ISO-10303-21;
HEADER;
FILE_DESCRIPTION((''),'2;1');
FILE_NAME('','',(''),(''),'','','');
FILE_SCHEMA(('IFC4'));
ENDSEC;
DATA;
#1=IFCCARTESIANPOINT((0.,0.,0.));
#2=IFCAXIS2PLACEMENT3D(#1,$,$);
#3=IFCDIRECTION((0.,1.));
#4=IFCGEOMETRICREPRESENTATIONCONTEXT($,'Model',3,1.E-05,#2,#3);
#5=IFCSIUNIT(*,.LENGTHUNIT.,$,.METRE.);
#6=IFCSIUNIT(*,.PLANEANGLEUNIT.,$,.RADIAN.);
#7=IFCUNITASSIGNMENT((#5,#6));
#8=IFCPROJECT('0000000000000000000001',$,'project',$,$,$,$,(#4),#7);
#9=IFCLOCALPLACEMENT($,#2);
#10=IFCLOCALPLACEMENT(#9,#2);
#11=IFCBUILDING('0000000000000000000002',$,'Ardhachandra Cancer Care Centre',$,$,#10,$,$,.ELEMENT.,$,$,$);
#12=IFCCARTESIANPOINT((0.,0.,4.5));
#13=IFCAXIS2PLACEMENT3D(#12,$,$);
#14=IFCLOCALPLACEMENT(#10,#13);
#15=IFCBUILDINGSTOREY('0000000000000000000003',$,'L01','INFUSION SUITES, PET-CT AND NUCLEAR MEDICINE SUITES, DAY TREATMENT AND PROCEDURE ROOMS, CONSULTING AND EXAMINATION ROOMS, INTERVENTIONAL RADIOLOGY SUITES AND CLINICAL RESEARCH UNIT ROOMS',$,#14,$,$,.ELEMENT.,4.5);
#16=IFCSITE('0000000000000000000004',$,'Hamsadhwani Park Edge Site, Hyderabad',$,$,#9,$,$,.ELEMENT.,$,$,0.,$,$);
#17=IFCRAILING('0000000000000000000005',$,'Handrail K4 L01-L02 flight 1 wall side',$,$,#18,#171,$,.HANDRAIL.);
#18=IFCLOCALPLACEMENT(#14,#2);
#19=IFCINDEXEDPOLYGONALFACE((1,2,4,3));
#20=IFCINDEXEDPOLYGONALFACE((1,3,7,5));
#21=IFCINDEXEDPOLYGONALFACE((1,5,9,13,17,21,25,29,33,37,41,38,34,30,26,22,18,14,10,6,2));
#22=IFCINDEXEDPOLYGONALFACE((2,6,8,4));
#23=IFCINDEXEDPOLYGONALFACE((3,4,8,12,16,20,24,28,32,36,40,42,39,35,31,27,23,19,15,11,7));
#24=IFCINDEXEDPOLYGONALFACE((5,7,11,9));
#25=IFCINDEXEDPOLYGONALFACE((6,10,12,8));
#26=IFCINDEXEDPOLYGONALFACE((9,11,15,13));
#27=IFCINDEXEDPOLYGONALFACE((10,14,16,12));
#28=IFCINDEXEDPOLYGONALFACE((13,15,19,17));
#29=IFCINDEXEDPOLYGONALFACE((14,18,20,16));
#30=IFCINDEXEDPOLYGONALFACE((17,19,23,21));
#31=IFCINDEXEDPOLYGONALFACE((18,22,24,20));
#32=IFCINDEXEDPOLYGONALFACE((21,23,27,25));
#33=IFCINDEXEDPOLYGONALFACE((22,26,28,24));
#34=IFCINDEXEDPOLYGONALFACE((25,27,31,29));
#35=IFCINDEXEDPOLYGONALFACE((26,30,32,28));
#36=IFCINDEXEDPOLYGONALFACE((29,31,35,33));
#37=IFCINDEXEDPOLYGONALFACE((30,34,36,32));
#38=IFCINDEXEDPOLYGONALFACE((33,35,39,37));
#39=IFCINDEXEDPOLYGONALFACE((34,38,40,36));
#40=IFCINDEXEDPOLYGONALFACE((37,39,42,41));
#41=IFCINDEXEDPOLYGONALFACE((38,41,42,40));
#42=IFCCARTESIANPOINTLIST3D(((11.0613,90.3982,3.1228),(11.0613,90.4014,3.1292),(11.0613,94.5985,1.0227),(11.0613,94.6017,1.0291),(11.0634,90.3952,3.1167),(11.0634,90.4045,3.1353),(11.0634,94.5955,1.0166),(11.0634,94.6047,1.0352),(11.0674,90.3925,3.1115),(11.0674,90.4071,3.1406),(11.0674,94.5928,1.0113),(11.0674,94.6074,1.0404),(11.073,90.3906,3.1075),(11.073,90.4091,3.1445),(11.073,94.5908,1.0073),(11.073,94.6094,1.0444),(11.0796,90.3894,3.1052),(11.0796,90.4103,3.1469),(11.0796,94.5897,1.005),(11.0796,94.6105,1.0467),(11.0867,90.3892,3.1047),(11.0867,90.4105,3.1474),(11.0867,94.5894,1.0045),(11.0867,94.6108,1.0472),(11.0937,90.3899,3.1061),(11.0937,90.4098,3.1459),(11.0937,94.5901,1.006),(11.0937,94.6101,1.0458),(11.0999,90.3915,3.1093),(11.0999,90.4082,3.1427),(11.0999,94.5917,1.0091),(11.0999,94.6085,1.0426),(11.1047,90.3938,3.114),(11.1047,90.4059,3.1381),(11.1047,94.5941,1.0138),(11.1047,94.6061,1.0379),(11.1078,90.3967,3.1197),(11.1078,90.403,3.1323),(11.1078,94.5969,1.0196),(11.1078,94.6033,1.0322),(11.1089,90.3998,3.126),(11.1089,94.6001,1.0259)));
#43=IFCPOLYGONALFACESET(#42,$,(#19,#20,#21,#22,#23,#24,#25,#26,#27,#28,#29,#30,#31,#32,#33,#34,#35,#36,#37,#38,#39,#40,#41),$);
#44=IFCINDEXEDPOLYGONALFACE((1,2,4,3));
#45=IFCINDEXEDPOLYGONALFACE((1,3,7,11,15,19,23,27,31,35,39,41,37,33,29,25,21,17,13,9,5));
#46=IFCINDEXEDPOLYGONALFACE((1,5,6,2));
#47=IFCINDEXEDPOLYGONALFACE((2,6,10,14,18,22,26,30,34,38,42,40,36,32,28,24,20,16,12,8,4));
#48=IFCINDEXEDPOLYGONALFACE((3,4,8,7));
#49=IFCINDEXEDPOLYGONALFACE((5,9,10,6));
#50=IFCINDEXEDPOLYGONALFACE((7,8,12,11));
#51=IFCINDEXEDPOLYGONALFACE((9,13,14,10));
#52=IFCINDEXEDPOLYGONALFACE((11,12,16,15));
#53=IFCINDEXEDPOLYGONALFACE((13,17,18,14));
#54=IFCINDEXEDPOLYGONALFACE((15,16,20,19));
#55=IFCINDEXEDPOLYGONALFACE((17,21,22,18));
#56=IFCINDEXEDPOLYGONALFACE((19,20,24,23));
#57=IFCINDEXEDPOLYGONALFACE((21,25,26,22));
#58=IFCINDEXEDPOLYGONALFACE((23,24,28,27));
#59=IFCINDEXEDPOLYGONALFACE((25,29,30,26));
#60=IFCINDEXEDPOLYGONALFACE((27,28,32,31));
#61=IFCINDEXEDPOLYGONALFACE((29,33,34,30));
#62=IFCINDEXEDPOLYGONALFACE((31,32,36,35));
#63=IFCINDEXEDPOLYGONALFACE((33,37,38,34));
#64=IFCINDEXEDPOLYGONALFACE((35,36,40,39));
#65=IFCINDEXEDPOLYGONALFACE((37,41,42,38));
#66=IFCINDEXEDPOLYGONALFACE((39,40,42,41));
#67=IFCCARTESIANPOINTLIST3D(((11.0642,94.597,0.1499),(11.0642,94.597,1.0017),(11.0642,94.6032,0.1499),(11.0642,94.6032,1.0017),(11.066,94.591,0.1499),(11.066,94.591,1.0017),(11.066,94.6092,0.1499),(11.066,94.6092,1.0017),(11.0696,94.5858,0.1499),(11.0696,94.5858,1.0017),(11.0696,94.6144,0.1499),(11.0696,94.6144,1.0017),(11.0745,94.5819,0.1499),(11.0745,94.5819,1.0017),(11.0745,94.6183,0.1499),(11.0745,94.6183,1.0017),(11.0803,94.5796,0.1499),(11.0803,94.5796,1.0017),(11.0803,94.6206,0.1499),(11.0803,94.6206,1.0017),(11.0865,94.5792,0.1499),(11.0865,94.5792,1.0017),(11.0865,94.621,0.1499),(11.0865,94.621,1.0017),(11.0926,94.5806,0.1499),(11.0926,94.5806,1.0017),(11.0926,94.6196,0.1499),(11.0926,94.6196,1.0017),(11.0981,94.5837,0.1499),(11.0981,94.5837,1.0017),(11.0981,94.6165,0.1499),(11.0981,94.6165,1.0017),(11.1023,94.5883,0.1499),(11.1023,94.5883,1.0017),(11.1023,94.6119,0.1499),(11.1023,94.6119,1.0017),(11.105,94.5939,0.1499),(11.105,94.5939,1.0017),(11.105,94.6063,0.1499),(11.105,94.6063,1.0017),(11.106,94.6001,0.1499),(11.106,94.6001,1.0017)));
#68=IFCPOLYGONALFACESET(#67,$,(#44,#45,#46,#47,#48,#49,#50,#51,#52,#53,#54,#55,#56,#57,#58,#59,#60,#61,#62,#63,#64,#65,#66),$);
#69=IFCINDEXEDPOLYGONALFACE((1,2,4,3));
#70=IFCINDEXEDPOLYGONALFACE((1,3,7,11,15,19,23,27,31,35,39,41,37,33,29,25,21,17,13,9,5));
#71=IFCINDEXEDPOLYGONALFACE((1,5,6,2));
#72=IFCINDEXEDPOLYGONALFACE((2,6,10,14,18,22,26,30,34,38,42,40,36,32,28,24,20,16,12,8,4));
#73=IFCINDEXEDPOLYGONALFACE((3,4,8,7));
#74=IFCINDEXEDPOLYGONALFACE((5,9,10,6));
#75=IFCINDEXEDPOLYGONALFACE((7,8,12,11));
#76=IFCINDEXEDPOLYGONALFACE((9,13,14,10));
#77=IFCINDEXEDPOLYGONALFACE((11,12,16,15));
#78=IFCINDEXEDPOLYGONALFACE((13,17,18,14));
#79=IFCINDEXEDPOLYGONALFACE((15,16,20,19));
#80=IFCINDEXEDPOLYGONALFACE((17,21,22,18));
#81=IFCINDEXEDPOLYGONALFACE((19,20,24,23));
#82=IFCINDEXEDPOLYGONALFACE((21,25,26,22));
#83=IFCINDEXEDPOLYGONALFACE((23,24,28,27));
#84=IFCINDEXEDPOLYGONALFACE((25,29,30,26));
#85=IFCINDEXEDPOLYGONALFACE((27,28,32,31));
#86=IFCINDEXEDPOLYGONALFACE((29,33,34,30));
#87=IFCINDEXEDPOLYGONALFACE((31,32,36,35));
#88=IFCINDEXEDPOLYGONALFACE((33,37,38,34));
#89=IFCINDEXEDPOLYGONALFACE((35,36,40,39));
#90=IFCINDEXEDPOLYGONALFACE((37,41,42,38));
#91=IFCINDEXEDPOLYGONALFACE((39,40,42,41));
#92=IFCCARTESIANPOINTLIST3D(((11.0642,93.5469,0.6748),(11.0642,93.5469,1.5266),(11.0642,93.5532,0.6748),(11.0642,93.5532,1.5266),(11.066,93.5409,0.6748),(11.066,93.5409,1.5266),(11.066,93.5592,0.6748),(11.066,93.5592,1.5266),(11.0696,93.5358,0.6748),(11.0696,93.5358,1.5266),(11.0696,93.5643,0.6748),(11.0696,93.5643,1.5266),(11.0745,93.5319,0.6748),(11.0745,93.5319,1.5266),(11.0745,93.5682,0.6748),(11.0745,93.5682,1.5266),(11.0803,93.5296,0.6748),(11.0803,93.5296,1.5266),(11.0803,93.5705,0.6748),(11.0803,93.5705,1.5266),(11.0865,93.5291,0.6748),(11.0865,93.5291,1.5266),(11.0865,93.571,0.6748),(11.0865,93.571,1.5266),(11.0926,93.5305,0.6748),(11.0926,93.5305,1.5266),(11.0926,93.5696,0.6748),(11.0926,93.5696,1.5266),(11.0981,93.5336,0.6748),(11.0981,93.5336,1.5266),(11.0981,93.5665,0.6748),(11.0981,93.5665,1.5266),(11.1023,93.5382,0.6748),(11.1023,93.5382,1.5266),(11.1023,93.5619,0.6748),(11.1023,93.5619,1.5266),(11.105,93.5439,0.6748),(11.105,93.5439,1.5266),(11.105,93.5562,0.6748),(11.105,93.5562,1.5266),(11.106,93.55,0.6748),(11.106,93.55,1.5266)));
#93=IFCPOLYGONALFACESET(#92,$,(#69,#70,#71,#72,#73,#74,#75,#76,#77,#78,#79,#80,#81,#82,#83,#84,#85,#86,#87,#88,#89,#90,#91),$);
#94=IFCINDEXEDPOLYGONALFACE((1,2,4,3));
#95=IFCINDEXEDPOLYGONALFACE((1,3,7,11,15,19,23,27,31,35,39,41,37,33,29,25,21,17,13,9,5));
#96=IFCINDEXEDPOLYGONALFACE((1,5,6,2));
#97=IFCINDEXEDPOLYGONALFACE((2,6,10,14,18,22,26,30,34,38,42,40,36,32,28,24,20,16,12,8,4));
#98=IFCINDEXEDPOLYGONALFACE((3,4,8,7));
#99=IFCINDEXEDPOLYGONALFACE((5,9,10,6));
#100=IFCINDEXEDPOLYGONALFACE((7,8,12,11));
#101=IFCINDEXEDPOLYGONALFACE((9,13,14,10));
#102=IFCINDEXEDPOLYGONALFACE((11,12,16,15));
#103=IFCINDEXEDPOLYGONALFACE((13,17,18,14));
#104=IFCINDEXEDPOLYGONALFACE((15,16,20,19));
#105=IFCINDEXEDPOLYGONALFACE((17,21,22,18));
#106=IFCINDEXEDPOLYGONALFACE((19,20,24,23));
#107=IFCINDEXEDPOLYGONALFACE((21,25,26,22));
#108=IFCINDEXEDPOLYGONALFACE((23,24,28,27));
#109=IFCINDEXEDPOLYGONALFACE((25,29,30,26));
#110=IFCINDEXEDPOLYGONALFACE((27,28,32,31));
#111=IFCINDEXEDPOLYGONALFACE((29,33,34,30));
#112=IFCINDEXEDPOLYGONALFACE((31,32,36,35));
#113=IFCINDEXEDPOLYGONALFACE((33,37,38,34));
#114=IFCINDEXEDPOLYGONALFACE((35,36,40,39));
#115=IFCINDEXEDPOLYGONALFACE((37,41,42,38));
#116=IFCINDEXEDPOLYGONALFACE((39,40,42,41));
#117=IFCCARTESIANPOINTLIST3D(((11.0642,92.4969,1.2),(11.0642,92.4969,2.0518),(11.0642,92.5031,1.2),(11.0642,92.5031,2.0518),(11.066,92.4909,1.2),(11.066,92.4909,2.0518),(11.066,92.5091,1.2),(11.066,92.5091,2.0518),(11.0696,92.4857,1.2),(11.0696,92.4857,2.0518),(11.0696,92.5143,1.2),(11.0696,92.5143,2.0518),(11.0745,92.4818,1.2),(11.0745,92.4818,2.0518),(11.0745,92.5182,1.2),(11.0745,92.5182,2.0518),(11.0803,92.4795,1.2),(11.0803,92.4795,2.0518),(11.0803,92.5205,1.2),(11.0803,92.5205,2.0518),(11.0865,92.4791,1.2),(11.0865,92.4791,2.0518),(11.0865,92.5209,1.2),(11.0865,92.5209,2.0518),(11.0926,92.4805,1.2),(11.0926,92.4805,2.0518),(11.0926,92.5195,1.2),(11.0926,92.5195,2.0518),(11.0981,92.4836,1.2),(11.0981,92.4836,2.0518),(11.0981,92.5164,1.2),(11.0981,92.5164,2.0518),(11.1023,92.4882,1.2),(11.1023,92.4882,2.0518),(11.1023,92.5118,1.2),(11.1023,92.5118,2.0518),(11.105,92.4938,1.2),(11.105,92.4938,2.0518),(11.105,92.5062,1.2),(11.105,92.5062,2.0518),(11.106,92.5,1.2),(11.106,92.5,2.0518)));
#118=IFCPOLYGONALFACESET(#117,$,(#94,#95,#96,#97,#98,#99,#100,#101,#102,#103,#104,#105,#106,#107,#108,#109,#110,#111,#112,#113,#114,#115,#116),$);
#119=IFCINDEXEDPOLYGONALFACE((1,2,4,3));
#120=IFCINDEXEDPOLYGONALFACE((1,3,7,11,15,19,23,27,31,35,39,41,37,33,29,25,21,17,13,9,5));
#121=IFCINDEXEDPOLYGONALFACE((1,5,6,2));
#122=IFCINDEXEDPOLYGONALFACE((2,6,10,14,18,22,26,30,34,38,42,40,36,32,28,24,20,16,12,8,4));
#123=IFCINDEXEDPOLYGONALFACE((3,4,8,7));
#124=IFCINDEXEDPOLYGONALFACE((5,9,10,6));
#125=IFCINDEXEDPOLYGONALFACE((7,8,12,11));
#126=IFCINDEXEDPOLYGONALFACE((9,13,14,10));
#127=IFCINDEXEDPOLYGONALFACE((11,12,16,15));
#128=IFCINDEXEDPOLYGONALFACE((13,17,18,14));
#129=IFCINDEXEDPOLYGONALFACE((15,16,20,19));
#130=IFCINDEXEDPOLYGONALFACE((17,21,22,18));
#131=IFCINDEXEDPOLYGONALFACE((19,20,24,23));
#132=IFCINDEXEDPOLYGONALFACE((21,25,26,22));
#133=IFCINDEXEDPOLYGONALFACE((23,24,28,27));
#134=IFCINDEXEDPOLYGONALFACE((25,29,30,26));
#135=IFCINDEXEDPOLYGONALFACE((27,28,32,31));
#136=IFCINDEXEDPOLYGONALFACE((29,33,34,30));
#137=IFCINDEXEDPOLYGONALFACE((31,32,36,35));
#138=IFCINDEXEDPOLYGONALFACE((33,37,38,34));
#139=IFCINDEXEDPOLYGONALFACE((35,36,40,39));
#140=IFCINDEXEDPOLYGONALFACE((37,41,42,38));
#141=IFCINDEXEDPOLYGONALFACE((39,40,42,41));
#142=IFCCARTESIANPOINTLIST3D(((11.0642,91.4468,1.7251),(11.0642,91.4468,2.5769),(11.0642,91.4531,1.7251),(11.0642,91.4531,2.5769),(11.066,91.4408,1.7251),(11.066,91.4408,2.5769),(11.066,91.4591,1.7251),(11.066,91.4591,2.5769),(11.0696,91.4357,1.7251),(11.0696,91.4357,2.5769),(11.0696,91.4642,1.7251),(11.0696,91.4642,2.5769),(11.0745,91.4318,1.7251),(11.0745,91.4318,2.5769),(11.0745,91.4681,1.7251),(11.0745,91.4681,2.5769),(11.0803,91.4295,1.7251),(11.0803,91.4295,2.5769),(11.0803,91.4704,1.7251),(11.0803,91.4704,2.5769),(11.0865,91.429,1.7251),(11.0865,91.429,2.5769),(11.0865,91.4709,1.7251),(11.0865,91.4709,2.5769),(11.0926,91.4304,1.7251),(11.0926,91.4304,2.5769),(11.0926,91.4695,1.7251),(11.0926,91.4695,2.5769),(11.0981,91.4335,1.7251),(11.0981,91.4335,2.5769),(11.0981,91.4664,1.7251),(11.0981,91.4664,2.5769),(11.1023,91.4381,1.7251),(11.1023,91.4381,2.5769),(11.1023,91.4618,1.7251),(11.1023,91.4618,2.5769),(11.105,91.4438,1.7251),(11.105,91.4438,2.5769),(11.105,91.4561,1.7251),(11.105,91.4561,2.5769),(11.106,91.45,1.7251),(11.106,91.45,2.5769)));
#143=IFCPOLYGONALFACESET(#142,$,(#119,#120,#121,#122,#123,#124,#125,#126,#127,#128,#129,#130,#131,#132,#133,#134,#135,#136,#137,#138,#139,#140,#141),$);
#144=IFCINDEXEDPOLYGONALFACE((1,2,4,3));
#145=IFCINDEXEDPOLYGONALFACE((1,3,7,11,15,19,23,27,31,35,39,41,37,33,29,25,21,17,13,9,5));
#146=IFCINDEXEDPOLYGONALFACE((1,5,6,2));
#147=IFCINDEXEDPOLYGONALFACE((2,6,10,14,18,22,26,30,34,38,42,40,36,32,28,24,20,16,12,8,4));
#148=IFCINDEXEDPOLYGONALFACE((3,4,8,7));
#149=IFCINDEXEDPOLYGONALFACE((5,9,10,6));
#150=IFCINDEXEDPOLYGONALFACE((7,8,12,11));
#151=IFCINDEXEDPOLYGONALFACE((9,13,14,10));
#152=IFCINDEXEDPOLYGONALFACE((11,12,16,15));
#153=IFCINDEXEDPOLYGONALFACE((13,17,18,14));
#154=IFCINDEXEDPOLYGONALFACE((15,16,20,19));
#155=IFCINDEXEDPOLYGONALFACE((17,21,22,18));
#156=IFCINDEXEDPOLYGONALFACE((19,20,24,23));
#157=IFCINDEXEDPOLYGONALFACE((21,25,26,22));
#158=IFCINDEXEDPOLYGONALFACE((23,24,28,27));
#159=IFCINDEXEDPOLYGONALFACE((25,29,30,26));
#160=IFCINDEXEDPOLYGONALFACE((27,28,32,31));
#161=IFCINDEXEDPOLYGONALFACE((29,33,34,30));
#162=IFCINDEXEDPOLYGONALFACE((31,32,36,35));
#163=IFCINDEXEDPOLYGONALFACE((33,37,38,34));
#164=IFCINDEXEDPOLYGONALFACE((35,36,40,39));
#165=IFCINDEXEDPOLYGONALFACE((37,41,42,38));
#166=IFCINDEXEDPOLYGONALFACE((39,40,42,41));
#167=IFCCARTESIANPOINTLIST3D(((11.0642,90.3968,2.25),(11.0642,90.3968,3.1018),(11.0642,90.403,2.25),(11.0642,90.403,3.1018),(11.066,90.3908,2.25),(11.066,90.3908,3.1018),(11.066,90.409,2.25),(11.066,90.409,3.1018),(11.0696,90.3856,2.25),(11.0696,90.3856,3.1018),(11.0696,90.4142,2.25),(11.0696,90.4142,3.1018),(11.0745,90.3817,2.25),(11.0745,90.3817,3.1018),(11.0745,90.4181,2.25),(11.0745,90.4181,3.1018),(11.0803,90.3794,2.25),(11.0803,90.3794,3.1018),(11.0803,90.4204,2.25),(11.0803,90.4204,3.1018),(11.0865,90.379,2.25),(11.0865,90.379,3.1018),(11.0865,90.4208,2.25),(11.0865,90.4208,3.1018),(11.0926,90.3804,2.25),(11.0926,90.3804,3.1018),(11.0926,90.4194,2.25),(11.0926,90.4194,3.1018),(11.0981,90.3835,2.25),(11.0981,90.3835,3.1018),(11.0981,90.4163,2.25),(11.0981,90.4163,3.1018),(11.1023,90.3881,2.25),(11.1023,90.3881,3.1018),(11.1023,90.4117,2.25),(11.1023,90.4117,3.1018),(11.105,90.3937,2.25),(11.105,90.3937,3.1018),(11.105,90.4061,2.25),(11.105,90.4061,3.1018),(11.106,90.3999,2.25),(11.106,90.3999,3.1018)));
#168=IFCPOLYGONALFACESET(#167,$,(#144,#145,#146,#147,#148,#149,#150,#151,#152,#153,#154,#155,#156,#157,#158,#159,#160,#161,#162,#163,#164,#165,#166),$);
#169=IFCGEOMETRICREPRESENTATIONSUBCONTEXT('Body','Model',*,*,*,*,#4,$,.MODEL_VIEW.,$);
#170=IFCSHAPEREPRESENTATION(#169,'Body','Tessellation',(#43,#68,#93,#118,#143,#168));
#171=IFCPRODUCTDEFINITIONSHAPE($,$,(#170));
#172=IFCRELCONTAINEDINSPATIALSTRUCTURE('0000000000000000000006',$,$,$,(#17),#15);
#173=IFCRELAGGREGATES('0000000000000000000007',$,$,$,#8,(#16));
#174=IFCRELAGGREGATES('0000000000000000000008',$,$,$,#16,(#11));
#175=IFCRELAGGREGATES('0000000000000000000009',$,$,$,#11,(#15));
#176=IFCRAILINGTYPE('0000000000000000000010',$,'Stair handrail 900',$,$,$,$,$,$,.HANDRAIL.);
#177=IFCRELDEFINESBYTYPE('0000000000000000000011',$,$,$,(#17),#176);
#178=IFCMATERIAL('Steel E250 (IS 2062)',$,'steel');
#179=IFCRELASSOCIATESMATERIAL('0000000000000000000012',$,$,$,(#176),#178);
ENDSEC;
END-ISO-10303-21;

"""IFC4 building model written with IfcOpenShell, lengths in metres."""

from ifc_helpers import new_model, si_unit, direction, frame, origin, origin_2d, place, context, subcontext, project, spatial, circle, extrude, material, type_object, element, save


model = new_model("IFC4")

# Units and contexts
model_context = context("Model", 3, precision=1e-05, world=origin(), true_north=direction((0.0, 1.0)))
body_context = subcontext(model_context, "Body", "Model", "MODEL_VIEW")
ifc_project = project(units=[si_unit("LENGTHUNIT", "METRE"), si_unit("PLANEANGLEUNIT", "RADIAN")], contexts=[model_context])

# Site, building, storey
site_placement = place(None, origin())
site = spatial("IfcSite", under=ifc_project, at=site_placement, Name="Hamsadhwani Park Edge Site, Hyderabad", CompositionType="ELEMENT", RefElevation=0.0)
building_placement = place(site_placement, origin())
building = spatial("IfcBuilding", under=site, at=building_placement, Name="Ardhachandra Cancer Care Centre", CompositionType="ELEMENT")
storey_placement = place(building_placement, frame((0.0, 0.0, 4.5)))
storey = spatial("IfcBuildingStorey", under=building, at=storey_placement, Name="L01", Description="INFUSION SUITES, PET-CT AND NUCLEAR MEDICINE SUITES, DAY TREATMENT AND PROCEDURE ROOMS, CONSULTING AND EXAMINATION ROOMS, INTERVENTIONAL RADIOLOGY SUITES AND CLINICAL RESEARCH UNIT ROOMS", CompositionType="ELEMENT", Elevation=4.5)

# Railing
ifc_material_1 = material(Name="Steel E250 (IS 2062)", Category="steel")
railing_type = type_object("IfcRailingType", Name="Stair handrail 900", PredefinedType="HANDRAIL", material=ifc_material_1)
for number, where, name in (
    (1, (11.085, 94.6001, 0.1499), "Handrail K4 L01-L02 flight 1 wall side"),
):
    element("IfcRailing", number, at=place(storey_placement, frame(where)), inside=storey, type_object=railing_type, Name=name, PredefinedType="HANDRAIL", context=body_context, shape_type="SweptSolid", body=[
        extrude(circle(Radius=0.0239, at=origin_2d()), frame((0.0, 0.0, 0.876), z_axis=(0.0, -0.894427, 0.447214), x_axis=(1.0, 0.0, 0.0)), (0.0, 0.0, 1.0), 4.696),
        extrude(circle(Radius=0.021, at=origin_2d()), origin(), (0.0, 0.0, 1.0), 0.8518),
        extrude(circle(Radius=0.021, at=origin_2d()), frame((0.0, -1.05, 0.5249)), (0.0, 0.0, 1.0), 0.8518),
        extrude(circle(Radius=0.021, at=origin_2d()), frame((0.0, -2.1001, 1.05)), (0.0, 0.0, 1.0), 0.8518),
        extrude(circle(Radius=0.021, at=origin_2d()), frame((0.0, -3.1501, 1.5752)), (0.0, 0.0, 1.0), 0.8518),
        extrude(circle(Radius=0.021, at=origin_2d()), frame((0.0, -4.2002, 2.1001)), (0.0, 0.0, 1.0), 0.8518),
    ])

save(model, "model.ifc")
